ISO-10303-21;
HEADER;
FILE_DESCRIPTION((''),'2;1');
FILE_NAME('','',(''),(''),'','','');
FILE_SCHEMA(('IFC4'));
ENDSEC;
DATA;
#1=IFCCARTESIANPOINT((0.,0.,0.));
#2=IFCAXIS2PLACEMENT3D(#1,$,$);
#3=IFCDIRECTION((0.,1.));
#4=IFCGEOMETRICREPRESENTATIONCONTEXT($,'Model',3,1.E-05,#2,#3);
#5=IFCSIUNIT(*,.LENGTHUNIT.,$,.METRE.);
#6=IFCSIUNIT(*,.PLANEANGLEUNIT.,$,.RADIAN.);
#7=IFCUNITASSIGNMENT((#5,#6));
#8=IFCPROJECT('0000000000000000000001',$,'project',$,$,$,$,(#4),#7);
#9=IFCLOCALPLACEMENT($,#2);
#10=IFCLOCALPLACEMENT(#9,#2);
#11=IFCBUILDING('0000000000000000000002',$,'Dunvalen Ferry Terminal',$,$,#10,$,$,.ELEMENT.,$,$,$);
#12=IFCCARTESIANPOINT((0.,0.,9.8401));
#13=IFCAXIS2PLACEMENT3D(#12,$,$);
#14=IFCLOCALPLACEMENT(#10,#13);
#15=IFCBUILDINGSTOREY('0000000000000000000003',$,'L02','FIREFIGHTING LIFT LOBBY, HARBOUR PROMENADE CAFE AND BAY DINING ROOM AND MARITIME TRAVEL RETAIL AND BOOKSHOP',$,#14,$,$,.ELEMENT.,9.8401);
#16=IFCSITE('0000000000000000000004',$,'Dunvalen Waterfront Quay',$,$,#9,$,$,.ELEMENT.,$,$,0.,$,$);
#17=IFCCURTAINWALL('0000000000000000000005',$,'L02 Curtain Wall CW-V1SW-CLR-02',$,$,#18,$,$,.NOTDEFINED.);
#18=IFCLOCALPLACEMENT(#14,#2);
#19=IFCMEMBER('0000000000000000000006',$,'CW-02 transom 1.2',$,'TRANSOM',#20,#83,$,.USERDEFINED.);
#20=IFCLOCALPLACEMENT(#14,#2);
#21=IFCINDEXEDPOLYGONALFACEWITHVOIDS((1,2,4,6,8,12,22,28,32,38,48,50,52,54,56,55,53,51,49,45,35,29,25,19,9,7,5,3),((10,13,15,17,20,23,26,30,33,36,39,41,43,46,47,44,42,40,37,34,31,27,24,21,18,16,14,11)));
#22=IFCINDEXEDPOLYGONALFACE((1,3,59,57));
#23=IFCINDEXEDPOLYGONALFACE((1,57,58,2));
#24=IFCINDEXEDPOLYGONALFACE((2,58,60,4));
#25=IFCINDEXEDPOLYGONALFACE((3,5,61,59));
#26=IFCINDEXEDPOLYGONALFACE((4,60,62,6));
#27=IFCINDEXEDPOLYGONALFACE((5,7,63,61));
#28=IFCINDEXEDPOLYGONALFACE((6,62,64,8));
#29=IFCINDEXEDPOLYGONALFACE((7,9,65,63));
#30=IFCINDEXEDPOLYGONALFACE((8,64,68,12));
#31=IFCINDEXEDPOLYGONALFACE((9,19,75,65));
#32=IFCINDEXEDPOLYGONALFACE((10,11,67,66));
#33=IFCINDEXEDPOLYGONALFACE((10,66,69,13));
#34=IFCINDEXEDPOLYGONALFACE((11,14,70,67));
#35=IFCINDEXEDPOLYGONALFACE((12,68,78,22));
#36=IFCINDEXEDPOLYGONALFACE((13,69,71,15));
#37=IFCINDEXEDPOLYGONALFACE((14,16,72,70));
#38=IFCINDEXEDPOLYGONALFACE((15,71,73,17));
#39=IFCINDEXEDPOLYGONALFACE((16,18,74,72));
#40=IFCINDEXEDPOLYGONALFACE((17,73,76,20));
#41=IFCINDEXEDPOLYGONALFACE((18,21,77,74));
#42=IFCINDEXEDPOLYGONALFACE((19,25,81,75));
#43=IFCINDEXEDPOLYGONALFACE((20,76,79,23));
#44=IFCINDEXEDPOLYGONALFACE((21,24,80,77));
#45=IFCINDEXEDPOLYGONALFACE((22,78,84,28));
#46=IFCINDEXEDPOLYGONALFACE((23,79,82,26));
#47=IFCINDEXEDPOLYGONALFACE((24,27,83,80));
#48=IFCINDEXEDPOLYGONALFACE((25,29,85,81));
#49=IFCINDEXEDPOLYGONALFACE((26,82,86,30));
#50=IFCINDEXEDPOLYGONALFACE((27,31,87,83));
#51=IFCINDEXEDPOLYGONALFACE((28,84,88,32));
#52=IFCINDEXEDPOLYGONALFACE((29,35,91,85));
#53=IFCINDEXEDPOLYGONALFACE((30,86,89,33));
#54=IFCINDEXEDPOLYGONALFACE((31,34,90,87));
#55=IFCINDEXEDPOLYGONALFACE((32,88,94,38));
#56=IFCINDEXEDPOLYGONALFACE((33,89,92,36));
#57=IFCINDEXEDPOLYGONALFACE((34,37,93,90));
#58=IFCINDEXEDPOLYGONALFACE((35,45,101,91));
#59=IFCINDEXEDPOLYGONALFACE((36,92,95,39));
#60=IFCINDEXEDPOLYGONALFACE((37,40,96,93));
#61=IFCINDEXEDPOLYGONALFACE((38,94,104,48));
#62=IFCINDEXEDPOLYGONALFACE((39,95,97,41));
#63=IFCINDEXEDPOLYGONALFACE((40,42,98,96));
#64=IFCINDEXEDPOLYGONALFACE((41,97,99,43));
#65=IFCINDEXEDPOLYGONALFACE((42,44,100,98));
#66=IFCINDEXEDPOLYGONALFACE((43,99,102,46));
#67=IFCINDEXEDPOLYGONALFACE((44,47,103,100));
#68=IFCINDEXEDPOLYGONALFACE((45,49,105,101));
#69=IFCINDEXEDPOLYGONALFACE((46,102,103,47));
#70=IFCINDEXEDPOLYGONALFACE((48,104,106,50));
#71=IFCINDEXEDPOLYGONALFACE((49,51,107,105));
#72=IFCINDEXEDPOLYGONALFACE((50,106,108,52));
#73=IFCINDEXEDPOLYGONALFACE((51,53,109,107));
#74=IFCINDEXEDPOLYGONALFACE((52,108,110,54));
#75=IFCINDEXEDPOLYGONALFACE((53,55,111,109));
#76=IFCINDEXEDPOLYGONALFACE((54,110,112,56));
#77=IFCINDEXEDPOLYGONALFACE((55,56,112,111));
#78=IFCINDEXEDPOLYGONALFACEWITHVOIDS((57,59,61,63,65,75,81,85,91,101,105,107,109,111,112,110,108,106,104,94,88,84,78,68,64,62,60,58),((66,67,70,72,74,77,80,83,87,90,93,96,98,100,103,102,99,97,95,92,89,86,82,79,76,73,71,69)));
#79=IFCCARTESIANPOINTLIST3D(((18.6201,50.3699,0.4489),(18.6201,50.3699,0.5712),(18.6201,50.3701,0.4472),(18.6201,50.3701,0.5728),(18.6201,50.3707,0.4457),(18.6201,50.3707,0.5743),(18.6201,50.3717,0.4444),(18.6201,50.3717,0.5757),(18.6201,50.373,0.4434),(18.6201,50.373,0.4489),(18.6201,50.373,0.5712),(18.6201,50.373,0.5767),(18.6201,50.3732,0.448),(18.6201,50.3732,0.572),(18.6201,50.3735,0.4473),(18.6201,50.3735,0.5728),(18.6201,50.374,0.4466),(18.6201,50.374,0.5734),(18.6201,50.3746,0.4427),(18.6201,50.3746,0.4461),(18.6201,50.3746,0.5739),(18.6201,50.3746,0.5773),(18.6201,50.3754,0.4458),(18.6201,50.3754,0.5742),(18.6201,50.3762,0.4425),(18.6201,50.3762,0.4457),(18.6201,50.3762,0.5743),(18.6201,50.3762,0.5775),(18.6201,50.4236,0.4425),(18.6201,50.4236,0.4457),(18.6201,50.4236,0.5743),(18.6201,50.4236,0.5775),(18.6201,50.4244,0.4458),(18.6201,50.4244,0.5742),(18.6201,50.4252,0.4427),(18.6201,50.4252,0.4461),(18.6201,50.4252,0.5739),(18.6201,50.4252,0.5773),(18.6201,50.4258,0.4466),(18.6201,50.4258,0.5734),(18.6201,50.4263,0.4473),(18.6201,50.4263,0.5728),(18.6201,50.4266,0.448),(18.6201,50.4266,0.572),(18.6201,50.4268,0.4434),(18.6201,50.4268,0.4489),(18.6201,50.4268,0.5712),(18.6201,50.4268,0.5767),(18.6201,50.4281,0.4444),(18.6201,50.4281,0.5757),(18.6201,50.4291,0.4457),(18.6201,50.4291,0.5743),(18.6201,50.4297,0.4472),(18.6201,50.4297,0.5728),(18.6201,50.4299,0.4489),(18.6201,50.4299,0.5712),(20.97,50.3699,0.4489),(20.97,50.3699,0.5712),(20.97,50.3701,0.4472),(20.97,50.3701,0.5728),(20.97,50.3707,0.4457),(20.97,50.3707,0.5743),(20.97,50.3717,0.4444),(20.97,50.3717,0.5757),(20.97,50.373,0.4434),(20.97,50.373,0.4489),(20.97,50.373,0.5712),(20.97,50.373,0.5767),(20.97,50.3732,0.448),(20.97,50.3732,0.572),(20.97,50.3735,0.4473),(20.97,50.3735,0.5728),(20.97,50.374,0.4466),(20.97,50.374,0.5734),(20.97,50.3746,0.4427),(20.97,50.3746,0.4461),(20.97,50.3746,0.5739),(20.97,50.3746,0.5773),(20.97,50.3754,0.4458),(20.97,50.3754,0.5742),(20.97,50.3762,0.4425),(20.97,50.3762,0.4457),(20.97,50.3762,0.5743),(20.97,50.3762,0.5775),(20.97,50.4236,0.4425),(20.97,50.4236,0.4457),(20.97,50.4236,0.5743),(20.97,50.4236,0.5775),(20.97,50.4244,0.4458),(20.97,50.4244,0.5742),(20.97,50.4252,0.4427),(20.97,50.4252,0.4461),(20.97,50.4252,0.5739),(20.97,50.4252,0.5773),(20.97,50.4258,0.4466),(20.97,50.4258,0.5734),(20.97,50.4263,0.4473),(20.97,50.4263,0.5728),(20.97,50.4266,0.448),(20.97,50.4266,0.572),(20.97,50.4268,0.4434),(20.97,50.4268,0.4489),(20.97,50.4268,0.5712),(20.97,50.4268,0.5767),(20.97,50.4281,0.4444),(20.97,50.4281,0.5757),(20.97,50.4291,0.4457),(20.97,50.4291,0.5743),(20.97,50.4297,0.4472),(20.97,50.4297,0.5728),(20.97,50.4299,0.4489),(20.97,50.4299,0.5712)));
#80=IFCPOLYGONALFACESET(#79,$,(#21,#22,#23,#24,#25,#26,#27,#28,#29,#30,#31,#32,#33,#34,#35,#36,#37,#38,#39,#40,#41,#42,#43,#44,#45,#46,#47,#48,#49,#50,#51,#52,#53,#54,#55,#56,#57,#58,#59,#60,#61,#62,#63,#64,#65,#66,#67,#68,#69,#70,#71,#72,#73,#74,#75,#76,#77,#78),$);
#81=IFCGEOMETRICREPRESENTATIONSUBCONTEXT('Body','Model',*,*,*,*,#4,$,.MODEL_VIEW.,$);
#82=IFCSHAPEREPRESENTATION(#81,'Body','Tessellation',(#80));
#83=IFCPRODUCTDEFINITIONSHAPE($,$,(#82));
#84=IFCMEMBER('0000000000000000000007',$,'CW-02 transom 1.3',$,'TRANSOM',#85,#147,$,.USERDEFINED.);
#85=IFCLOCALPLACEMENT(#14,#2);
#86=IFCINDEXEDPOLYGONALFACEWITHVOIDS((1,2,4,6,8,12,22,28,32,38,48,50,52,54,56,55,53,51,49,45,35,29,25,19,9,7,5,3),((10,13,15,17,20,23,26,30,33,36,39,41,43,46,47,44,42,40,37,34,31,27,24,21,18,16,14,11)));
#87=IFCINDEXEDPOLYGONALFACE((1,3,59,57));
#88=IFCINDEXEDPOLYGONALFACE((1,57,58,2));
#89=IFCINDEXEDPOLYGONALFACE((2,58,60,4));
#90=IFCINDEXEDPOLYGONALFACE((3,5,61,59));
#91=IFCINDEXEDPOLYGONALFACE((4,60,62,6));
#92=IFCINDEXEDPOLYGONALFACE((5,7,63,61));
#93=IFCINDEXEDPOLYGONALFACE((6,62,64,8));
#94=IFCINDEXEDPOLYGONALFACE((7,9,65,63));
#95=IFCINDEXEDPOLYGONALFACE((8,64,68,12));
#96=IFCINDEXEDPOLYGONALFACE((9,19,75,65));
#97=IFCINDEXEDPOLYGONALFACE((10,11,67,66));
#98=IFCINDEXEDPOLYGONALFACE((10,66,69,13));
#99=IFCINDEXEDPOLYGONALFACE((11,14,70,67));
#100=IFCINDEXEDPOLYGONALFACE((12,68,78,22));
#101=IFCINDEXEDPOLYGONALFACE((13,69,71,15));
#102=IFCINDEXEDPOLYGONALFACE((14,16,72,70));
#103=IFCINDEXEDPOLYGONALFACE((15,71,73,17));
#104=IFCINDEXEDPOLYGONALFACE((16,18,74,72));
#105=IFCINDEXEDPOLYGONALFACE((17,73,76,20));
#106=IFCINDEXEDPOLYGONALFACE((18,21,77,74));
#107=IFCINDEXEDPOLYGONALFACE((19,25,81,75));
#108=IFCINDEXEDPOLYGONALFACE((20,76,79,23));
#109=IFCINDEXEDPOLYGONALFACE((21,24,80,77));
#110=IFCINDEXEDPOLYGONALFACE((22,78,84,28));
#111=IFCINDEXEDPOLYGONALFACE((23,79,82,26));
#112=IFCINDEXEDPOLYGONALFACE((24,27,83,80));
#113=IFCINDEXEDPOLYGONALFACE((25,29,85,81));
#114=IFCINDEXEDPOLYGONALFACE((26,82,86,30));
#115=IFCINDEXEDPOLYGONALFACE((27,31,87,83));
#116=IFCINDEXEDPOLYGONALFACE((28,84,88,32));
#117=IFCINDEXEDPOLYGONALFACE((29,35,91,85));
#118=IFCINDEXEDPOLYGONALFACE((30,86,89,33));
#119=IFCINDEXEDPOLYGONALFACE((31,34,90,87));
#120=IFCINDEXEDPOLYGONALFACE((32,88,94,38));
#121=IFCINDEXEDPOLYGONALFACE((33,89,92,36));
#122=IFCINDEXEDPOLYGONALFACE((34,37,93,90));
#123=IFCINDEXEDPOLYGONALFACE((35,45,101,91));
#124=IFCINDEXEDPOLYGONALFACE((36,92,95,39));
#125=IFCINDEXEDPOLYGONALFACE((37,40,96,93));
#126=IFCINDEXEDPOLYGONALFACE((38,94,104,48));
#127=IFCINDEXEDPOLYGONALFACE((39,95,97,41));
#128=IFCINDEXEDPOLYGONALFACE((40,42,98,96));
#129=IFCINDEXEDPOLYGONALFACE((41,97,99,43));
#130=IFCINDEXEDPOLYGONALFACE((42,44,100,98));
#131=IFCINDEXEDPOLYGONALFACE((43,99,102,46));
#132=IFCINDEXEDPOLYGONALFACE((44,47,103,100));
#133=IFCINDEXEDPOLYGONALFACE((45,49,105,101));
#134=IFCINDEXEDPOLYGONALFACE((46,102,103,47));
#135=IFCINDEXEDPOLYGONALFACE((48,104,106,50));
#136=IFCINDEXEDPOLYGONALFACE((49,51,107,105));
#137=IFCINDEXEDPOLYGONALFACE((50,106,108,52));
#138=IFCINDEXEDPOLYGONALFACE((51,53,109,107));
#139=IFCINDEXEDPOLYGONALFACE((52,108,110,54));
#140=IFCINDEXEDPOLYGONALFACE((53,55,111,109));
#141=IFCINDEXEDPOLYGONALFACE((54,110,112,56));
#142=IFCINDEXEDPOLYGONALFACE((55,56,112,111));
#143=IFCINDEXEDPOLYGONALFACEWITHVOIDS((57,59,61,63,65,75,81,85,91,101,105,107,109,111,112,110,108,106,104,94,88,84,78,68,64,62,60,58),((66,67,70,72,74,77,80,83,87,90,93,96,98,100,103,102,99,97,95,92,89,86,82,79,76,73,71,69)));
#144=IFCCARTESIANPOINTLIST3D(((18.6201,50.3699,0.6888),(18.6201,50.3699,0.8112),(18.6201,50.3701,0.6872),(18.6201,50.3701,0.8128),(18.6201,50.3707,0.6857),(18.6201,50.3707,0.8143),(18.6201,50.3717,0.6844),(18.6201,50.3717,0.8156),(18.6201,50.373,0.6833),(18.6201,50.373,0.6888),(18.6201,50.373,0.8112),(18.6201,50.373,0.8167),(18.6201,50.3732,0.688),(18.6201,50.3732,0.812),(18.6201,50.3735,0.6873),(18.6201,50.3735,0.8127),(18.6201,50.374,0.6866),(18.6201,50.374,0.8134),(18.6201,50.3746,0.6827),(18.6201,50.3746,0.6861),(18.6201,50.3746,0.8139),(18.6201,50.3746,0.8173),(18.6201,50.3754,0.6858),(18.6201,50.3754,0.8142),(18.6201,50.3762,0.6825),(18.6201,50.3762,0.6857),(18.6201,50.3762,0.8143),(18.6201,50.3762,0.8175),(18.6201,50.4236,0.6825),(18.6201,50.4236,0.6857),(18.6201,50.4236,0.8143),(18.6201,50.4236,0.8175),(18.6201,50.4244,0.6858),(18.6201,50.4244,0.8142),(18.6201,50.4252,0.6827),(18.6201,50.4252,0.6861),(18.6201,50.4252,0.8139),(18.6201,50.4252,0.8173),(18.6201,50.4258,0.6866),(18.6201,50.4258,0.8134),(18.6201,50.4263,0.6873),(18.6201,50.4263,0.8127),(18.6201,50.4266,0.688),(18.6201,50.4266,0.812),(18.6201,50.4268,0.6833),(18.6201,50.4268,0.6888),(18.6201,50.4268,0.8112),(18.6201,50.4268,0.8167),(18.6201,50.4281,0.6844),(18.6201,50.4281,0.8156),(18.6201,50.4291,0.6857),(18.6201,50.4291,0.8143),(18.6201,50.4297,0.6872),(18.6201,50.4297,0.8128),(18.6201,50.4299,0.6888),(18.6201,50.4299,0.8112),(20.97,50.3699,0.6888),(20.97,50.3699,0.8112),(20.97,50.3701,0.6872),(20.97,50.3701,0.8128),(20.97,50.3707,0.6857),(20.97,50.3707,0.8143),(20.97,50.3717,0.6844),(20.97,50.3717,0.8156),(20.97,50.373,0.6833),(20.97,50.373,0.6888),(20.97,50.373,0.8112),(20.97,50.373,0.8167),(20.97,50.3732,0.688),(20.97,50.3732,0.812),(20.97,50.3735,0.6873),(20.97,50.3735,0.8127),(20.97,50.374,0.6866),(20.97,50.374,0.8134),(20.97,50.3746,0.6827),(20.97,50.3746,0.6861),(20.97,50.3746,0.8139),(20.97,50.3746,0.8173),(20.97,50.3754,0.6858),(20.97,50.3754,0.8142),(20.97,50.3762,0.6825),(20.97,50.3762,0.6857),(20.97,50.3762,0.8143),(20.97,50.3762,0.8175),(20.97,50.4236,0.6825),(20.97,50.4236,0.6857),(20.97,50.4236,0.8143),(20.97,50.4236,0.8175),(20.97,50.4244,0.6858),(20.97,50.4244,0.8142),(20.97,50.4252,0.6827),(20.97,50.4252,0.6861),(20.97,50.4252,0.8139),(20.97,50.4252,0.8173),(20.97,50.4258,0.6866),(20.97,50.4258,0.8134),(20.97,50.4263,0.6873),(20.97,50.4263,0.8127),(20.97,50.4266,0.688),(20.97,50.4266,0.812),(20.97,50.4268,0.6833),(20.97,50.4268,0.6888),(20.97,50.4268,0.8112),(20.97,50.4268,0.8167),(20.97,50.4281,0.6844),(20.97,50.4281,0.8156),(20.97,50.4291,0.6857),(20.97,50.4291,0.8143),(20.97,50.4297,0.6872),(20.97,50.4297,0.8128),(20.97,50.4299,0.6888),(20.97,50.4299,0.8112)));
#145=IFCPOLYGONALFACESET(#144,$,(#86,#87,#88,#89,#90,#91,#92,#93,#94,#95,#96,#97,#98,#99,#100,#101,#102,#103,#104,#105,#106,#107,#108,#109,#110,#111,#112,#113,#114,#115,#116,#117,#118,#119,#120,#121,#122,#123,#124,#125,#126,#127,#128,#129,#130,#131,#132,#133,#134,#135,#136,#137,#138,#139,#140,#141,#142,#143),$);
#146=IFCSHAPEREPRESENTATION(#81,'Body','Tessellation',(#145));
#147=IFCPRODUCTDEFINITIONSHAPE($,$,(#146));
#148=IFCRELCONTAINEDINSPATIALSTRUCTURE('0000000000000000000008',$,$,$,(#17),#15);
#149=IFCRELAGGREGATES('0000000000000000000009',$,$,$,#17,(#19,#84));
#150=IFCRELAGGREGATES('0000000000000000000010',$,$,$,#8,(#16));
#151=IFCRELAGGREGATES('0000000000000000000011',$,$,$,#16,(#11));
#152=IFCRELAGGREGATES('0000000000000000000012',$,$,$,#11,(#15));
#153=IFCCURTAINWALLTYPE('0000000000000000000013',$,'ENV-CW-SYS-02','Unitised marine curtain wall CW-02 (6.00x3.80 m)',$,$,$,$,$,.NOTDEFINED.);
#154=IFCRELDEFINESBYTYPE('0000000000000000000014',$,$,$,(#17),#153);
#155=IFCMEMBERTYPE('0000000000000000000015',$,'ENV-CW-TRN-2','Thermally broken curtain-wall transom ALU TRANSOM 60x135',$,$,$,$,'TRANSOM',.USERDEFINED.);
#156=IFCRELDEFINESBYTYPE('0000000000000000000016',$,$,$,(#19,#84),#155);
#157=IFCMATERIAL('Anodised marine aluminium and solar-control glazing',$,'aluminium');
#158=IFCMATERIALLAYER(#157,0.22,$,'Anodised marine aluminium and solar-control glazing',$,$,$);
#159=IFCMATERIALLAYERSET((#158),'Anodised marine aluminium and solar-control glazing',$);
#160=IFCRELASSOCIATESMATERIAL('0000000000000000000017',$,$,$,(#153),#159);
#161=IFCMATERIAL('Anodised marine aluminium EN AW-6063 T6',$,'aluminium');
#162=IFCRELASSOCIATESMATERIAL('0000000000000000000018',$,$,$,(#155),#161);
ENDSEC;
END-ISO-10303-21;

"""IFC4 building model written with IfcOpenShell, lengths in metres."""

from ifc_helpers import new_model, si_unit, direction, frame, origin, origin_2d, place, context, subcontext, project, spatial, hollow_rectangle, extrude, material, layer, layer_set, material_profile, profile_set, type_object, element, aggregate, save


model = new_model("IFC4")

# Units and contexts
model_context = context("Model", 3, precision=1e-05, world=origin(), true_north=direction((0.0, 1.0)))
body_context = subcontext(model_context, "Body", "Model", "MODEL_VIEW")
ifc_project = project(units=[si_unit("LENGTHUNIT", "METRE"), si_unit("PLANEANGLEUNIT", "RADIAN")], contexts=[model_context])

# Site, building, storey
site_placement = place(None, origin())
site = spatial("IfcSite", under=ifc_project, at=site_placement, Name="Dunvalen Waterfront Quay", CompositionType="ELEMENT", RefElevation=0.0)
building_placement = place(site_placement, origin())
building = spatial("IfcBuilding", under=site, at=building_placement, Name="Dunvalen Ferry Terminal", CompositionType="ELEMENT")
storey_placement = place(building_placement, frame((0.0, 0.0, 9.8401)))
storey = spatial("IfcBuildingStorey", under=building, at=storey_placement, Name="L02", Description="FIREFIGHTING LIFT LOBBY, HARBOUR PROMENADE CAFE AND BAY DINING ROOM AND MARITIME TRAVEL RETAIL AND BOOKSHOP", CompositionType="ELEMENT", Elevation=9.8401)

# Curtain wall
ifc_material_1 = material(Name="Anodised marine aluminium and solar-control glazing", Category="aluminium")
ifc_layer_1 = layer(ifc_material_1, 0.22, Name="Anodised marine aluminium and solar-control glazing")
ifc_layer_set_1 = layer_set([ifc_layer_1], Name="Anodised marine aluminium and solar-control glazing")
curtain_wall_type = type_object("IfcCurtainWallType", Name="ENV-CW-SYS-02", Description="Unitised marine curtain wall CW-02 (6.00x3.80 m)", PredefinedType="NOTDEFINED", material=ifc_layer_set_1)
ifc_material_2 = material(Name="Anodised marine aluminium EN AW-6063 T6", Category="aluminium")
curtain_wall_1_placement = place(storey_placement, origin())
curtain_wall_1 = element("IfcCurtainWall", 1, at=curtain_wall_1_placement, inside=storey, type_object=curtain_wall_type, Name="L02 Curtain Wall CW-V1SW-CLR-02", PredefinedType="NOTDEFINED")

# Members
ifc_material_profile_1 = material_profile(ifc_material_2, hollow_rectangle(XDim=0.0601, YDim=0.135, WallThickness=0.0032, InnerFilletRadius=0.0032, OuterFilletRadius=0.0063, at=origin_2d()), Name="Anodised marine aluminium EN AW-6063 T6")
ifc_profile_set_1 = profile_set([ifc_material_profile_1], Name="Anodised marine aluminium EN AW-6063 T6")
member_type_1 = type_object("IfcMemberType", Name="ENV-CW-TRN-2", Description="Thermally broken curtain-wall transom ALU TRANSOM 60x135", ElementType="TRANSOM", PredefinedType="USERDEFINED", material=ifc_profile_set_1)
member_1_placement = place(storey_placement, frame((18.6201, 50.3999, 0.51), z_axis=(1.0, 0.0, 0.0), x_axis=(0.0, 1.0, 0.0)))
member_1 = element("IfcMember", 2, at=member_1_placement, type_object=member_type_1, Name="CW-02 transom 1.2", ObjectType="TRANSOM", PredefinedType="USERDEFINED", context=body_context, shape_type="SweptSolid", body=[
    extrude(hollow_rectangle(XDim=0.0601, YDim=0.135, WallThickness=0.0032, InnerFilletRadius=0.0032, OuterFilletRadius=0.0063, at=origin_2d()), origin(), (0.0, 0.0, 1.0), 2.3499),
])
member_2_placement = place(storey_placement, frame((18.6201, 50.3999, 0.75), z_axis=(1.0, 0.0, 0.0), x_axis=(0.0, 1.0, 0.0)))
member_2 = element("IfcMember", 3, at=member_2_placement, type_object=member_type_1, Name="CW-02 transom 1.3", ObjectType="TRANSOM", PredefinedType="USERDEFINED", context=body_context, shape_type="SweptSolid", body=[
    extrude(hollow_rectangle(XDim=0.0601, YDim=0.135, WallThickness=0.0032, InnerFilletRadius=0.0032, OuterFilletRadius=0.0063, at=origin_2d()), origin(), (0.0, 0.0, 1.0), 2.3499),
])

aggregate(curtain_wall_1, [member_1, member_2])

save(model, "model.ifc")
